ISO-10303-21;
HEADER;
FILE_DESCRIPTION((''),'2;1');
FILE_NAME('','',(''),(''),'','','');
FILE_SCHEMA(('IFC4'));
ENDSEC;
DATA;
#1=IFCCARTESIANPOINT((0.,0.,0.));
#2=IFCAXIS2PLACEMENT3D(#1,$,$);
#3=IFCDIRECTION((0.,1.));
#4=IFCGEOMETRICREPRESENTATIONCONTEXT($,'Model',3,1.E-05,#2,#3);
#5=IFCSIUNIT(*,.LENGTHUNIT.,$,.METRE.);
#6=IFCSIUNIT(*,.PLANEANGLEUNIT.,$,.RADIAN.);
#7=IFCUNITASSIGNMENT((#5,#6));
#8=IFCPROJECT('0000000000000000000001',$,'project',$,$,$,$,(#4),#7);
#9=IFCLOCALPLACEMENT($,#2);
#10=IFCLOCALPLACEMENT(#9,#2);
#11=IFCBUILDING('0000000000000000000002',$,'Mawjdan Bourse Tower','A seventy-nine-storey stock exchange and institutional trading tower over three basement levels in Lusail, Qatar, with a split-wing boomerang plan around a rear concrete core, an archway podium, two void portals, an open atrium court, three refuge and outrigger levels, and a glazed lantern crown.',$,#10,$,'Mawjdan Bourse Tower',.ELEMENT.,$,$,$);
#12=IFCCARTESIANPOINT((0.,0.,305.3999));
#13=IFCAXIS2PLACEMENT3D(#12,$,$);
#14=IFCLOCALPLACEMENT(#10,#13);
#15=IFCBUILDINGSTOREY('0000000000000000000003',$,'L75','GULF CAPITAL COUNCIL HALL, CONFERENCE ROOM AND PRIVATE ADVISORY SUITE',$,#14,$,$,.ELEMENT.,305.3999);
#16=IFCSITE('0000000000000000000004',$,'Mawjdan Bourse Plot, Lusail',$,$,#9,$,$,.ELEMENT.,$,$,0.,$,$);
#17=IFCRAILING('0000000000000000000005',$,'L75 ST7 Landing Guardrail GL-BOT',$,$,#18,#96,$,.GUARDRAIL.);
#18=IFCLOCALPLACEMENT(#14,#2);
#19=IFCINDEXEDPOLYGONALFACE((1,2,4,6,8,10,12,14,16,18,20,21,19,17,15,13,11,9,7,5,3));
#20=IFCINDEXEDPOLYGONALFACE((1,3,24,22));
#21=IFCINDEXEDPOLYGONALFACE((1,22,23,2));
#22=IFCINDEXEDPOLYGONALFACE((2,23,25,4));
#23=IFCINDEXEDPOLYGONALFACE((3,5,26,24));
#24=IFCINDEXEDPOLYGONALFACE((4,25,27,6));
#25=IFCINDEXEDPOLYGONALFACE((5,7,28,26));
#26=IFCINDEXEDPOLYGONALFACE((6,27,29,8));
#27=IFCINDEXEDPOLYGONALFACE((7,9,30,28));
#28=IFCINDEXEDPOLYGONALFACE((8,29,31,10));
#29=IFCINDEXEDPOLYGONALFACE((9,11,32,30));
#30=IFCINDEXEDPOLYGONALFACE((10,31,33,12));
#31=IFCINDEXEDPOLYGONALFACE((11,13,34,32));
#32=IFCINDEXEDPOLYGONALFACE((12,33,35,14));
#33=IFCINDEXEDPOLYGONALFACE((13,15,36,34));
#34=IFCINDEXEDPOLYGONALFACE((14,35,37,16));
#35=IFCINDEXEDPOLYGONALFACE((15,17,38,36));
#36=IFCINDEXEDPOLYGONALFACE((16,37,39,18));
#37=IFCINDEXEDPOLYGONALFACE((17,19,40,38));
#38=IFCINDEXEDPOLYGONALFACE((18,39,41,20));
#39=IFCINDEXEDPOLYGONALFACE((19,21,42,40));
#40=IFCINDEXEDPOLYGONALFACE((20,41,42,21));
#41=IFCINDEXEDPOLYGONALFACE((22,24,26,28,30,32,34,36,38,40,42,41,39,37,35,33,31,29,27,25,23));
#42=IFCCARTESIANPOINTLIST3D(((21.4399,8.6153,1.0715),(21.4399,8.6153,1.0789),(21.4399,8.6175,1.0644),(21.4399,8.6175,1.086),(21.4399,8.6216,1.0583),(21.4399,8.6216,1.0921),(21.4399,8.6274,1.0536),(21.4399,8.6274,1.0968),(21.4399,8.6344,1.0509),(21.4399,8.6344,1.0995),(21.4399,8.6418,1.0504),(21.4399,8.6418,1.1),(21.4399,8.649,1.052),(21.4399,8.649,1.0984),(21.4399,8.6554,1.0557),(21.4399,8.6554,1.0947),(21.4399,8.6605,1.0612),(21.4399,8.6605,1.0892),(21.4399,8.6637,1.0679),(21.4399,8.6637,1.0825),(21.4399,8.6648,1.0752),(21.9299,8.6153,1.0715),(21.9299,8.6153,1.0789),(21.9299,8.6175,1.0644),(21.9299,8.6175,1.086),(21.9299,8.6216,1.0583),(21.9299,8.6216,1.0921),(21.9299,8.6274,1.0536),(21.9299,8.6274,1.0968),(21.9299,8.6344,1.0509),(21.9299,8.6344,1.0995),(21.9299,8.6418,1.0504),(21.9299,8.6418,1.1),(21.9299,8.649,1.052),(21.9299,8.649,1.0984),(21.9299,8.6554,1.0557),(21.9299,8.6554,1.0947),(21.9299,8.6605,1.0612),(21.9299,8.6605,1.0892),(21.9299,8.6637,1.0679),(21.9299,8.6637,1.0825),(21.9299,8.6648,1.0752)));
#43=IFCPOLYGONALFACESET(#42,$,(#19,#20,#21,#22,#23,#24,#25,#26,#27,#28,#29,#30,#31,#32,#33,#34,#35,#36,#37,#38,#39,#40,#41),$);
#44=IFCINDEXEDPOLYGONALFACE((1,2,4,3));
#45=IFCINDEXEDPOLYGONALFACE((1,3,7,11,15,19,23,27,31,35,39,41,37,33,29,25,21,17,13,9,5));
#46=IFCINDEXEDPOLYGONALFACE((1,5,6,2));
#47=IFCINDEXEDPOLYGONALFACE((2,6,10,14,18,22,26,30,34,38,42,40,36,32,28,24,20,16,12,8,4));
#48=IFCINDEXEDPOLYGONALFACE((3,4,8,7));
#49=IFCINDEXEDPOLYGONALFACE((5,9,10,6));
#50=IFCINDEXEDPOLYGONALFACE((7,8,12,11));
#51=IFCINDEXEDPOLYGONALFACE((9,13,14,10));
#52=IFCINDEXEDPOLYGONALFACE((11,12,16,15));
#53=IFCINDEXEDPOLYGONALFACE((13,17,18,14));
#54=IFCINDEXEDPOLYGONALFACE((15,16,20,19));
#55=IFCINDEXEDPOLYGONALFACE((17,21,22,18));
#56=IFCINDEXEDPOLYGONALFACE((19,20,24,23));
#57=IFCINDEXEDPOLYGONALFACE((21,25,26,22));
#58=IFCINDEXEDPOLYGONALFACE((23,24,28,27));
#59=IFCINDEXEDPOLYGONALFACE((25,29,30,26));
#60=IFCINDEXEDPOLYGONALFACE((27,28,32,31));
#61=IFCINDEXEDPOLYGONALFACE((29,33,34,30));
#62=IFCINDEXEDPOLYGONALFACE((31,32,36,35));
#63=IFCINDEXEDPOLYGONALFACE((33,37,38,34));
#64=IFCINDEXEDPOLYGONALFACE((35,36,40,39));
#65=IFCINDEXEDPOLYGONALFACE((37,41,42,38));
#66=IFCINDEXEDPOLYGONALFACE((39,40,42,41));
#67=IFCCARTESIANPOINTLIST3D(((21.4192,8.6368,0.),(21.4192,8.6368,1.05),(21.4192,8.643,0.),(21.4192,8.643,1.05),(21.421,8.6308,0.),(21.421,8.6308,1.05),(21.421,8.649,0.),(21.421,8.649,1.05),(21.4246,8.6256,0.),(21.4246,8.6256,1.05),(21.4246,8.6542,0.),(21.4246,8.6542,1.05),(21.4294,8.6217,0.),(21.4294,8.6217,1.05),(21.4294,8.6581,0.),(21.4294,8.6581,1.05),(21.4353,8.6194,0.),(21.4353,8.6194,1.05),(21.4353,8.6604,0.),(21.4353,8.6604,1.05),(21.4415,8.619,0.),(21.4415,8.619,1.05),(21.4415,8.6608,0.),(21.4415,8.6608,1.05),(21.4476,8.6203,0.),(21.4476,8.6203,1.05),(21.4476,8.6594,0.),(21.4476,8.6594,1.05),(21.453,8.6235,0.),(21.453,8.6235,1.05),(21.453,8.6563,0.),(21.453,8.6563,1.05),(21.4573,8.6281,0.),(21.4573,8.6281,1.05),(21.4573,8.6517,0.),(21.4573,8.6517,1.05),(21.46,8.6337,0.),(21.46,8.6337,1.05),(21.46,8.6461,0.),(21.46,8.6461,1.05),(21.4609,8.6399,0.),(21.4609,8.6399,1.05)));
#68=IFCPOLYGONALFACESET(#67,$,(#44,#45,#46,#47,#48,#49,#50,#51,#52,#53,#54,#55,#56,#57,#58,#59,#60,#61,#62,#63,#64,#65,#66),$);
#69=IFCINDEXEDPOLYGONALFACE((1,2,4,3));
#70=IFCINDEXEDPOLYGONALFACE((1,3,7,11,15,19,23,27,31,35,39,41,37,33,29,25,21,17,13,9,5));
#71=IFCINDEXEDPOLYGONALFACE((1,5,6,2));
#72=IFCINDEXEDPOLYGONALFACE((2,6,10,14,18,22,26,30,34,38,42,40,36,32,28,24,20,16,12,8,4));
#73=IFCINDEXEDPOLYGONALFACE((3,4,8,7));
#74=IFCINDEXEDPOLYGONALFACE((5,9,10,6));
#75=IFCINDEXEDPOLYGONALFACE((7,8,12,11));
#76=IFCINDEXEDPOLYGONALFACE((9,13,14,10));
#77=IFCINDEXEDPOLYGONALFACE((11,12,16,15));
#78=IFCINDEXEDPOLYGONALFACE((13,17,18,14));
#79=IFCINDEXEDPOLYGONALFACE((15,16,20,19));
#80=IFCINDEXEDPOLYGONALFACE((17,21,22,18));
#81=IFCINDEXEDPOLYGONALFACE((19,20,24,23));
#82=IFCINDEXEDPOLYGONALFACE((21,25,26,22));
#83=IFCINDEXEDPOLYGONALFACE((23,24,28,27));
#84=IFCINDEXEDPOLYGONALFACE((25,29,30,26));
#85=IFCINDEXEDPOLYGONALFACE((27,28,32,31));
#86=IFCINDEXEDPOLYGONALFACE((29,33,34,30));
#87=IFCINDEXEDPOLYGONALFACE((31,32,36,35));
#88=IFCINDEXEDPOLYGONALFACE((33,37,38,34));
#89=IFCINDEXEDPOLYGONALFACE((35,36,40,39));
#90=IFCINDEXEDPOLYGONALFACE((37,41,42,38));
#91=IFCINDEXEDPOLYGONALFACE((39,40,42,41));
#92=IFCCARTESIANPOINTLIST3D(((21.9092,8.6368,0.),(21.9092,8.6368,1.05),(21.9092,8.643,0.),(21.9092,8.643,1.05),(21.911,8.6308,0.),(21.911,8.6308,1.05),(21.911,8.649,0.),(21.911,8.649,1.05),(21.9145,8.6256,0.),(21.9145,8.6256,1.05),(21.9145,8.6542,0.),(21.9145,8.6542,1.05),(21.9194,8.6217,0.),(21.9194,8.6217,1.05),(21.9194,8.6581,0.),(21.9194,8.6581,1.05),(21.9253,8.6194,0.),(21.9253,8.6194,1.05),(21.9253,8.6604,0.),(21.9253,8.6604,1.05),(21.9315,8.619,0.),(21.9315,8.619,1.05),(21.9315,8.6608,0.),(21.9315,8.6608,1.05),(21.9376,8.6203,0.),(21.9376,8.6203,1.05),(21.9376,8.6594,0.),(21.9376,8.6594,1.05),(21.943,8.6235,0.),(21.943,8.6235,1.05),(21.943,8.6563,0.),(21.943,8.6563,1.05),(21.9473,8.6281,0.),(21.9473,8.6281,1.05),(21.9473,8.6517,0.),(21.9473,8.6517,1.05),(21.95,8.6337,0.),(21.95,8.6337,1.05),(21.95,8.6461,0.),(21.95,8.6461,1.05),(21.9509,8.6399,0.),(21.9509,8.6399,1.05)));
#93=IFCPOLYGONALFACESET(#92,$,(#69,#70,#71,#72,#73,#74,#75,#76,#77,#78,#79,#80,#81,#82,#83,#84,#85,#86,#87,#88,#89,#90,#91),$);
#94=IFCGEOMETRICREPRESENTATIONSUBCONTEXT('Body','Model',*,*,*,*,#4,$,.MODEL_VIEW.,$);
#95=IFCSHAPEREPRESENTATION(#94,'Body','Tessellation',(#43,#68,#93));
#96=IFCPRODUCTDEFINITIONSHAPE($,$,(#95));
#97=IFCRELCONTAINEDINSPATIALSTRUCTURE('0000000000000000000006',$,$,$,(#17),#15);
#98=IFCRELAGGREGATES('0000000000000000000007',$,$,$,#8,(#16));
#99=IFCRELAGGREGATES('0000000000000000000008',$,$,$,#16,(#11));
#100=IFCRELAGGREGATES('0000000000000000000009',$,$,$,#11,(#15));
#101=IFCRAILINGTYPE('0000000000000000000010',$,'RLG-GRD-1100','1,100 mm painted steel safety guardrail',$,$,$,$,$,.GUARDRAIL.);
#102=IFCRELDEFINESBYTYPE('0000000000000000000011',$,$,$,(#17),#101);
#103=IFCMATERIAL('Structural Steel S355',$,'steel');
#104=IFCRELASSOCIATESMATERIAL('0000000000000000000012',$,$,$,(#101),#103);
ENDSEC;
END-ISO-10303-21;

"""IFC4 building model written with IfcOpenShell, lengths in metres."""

from ifc_helpers import new_model, si_unit, direction, frame, origin, origin_2d, place, context, subcontext, project, spatial, circle, extrude, material, type_object, element, save


model = new_model("IFC4")

# Units and contexts
model_context = context("Model", 3, precision=1e-05, world=origin(), true_north=direction((0.0, 1.0)))
body_context = subcontext(model_context, "Body", "Model", "MODEL_VIEW")
ifc_project = project(units=[si_unit("LENGTHUNIT", "METRE"), si_unit("PLANEANGLEUNIT", "RADIAN")], contexts=[model_context])

# Site, building, storey
site_placement = place(None, origin())
site = spatial("IfcSite", under=ifc_project, at=site_placement, Name="Mawjdan Bourse Plot, Lusail", CompositionType="ELEMENT", RefElevation=0.0)
building_placement = place(site_placement, origin())
building = spatial("IfcBuilding", under=site, at=building_placement, Name="Mawjdan Bourse Tower", Description="A seventy-nine-storey stock exchange and institutional trading tower over three basement levels in Lusail, Qatar, with a split-wing boomerang plan around a rear concrete core, an archway podium, two void portals, an open atrium court, three refuge and outrigger levels, and a glazed lantern crown.", LongName="Mawjdan Bourse Tower", CompositionType="ELEMENT")
storey_placement = place(building_placement, frame((0.0, 0.0, 305.3999)))
storey = spatial("IfcBuildingStorey", under=building, at=storey_placement, Name="L75", Description="GULF CAPITAL COUNCIL HALL, CONFERENCE ROOM AND PRIVATE ADVISORY SUITE", CompositionType="ELEMENT", Elevation=305.3999)

# Shared definitions
ifc_material_1 = material(Name="Structural Steel S355", Category="steel")

# Railing
railing_type_1 = type_object("IfcRailingType", Name="RLG-GRD-1100", Description="1,100 mm painted steel safety guardrail", PredefinedType="GUARDRAIL", material=ifc_material_1)
for number, where, name in (
    (1, (21.4399, 8.6399, 0.0), "L75 ST7 Landing Guardrail GL-BOT"),
):
    element("IfcRailing", number, at=place(storey_placement, frame(where)), inside=storey, type_object=railing_type_1, Name=name, PredefinedType="GUARDRAIL", context=body_context, shape_type="SweptSolid", body=[
        extrude(circle(Radius=0.0249, at=origin_2d()), frame((0.0, 0.0, 1.0752), z_axis=(1.0, 0.0, 0.0), x_axis=(0.0, 1.0, 0.0)), (0.0, 0.0, 1.0), 0.49),
        extrude(circle(Radius=0.021, at=origin_2d()), origin(), (0.0, 0.0, 1.0), 1.05),
        extrude(circle(Radius=0.021, at=origin_2d()), frame((0.49, 0.0, 0.0)), (0.0, 0.0, 1.0), 1.05),
    ])

save(model, "model.ifc")
